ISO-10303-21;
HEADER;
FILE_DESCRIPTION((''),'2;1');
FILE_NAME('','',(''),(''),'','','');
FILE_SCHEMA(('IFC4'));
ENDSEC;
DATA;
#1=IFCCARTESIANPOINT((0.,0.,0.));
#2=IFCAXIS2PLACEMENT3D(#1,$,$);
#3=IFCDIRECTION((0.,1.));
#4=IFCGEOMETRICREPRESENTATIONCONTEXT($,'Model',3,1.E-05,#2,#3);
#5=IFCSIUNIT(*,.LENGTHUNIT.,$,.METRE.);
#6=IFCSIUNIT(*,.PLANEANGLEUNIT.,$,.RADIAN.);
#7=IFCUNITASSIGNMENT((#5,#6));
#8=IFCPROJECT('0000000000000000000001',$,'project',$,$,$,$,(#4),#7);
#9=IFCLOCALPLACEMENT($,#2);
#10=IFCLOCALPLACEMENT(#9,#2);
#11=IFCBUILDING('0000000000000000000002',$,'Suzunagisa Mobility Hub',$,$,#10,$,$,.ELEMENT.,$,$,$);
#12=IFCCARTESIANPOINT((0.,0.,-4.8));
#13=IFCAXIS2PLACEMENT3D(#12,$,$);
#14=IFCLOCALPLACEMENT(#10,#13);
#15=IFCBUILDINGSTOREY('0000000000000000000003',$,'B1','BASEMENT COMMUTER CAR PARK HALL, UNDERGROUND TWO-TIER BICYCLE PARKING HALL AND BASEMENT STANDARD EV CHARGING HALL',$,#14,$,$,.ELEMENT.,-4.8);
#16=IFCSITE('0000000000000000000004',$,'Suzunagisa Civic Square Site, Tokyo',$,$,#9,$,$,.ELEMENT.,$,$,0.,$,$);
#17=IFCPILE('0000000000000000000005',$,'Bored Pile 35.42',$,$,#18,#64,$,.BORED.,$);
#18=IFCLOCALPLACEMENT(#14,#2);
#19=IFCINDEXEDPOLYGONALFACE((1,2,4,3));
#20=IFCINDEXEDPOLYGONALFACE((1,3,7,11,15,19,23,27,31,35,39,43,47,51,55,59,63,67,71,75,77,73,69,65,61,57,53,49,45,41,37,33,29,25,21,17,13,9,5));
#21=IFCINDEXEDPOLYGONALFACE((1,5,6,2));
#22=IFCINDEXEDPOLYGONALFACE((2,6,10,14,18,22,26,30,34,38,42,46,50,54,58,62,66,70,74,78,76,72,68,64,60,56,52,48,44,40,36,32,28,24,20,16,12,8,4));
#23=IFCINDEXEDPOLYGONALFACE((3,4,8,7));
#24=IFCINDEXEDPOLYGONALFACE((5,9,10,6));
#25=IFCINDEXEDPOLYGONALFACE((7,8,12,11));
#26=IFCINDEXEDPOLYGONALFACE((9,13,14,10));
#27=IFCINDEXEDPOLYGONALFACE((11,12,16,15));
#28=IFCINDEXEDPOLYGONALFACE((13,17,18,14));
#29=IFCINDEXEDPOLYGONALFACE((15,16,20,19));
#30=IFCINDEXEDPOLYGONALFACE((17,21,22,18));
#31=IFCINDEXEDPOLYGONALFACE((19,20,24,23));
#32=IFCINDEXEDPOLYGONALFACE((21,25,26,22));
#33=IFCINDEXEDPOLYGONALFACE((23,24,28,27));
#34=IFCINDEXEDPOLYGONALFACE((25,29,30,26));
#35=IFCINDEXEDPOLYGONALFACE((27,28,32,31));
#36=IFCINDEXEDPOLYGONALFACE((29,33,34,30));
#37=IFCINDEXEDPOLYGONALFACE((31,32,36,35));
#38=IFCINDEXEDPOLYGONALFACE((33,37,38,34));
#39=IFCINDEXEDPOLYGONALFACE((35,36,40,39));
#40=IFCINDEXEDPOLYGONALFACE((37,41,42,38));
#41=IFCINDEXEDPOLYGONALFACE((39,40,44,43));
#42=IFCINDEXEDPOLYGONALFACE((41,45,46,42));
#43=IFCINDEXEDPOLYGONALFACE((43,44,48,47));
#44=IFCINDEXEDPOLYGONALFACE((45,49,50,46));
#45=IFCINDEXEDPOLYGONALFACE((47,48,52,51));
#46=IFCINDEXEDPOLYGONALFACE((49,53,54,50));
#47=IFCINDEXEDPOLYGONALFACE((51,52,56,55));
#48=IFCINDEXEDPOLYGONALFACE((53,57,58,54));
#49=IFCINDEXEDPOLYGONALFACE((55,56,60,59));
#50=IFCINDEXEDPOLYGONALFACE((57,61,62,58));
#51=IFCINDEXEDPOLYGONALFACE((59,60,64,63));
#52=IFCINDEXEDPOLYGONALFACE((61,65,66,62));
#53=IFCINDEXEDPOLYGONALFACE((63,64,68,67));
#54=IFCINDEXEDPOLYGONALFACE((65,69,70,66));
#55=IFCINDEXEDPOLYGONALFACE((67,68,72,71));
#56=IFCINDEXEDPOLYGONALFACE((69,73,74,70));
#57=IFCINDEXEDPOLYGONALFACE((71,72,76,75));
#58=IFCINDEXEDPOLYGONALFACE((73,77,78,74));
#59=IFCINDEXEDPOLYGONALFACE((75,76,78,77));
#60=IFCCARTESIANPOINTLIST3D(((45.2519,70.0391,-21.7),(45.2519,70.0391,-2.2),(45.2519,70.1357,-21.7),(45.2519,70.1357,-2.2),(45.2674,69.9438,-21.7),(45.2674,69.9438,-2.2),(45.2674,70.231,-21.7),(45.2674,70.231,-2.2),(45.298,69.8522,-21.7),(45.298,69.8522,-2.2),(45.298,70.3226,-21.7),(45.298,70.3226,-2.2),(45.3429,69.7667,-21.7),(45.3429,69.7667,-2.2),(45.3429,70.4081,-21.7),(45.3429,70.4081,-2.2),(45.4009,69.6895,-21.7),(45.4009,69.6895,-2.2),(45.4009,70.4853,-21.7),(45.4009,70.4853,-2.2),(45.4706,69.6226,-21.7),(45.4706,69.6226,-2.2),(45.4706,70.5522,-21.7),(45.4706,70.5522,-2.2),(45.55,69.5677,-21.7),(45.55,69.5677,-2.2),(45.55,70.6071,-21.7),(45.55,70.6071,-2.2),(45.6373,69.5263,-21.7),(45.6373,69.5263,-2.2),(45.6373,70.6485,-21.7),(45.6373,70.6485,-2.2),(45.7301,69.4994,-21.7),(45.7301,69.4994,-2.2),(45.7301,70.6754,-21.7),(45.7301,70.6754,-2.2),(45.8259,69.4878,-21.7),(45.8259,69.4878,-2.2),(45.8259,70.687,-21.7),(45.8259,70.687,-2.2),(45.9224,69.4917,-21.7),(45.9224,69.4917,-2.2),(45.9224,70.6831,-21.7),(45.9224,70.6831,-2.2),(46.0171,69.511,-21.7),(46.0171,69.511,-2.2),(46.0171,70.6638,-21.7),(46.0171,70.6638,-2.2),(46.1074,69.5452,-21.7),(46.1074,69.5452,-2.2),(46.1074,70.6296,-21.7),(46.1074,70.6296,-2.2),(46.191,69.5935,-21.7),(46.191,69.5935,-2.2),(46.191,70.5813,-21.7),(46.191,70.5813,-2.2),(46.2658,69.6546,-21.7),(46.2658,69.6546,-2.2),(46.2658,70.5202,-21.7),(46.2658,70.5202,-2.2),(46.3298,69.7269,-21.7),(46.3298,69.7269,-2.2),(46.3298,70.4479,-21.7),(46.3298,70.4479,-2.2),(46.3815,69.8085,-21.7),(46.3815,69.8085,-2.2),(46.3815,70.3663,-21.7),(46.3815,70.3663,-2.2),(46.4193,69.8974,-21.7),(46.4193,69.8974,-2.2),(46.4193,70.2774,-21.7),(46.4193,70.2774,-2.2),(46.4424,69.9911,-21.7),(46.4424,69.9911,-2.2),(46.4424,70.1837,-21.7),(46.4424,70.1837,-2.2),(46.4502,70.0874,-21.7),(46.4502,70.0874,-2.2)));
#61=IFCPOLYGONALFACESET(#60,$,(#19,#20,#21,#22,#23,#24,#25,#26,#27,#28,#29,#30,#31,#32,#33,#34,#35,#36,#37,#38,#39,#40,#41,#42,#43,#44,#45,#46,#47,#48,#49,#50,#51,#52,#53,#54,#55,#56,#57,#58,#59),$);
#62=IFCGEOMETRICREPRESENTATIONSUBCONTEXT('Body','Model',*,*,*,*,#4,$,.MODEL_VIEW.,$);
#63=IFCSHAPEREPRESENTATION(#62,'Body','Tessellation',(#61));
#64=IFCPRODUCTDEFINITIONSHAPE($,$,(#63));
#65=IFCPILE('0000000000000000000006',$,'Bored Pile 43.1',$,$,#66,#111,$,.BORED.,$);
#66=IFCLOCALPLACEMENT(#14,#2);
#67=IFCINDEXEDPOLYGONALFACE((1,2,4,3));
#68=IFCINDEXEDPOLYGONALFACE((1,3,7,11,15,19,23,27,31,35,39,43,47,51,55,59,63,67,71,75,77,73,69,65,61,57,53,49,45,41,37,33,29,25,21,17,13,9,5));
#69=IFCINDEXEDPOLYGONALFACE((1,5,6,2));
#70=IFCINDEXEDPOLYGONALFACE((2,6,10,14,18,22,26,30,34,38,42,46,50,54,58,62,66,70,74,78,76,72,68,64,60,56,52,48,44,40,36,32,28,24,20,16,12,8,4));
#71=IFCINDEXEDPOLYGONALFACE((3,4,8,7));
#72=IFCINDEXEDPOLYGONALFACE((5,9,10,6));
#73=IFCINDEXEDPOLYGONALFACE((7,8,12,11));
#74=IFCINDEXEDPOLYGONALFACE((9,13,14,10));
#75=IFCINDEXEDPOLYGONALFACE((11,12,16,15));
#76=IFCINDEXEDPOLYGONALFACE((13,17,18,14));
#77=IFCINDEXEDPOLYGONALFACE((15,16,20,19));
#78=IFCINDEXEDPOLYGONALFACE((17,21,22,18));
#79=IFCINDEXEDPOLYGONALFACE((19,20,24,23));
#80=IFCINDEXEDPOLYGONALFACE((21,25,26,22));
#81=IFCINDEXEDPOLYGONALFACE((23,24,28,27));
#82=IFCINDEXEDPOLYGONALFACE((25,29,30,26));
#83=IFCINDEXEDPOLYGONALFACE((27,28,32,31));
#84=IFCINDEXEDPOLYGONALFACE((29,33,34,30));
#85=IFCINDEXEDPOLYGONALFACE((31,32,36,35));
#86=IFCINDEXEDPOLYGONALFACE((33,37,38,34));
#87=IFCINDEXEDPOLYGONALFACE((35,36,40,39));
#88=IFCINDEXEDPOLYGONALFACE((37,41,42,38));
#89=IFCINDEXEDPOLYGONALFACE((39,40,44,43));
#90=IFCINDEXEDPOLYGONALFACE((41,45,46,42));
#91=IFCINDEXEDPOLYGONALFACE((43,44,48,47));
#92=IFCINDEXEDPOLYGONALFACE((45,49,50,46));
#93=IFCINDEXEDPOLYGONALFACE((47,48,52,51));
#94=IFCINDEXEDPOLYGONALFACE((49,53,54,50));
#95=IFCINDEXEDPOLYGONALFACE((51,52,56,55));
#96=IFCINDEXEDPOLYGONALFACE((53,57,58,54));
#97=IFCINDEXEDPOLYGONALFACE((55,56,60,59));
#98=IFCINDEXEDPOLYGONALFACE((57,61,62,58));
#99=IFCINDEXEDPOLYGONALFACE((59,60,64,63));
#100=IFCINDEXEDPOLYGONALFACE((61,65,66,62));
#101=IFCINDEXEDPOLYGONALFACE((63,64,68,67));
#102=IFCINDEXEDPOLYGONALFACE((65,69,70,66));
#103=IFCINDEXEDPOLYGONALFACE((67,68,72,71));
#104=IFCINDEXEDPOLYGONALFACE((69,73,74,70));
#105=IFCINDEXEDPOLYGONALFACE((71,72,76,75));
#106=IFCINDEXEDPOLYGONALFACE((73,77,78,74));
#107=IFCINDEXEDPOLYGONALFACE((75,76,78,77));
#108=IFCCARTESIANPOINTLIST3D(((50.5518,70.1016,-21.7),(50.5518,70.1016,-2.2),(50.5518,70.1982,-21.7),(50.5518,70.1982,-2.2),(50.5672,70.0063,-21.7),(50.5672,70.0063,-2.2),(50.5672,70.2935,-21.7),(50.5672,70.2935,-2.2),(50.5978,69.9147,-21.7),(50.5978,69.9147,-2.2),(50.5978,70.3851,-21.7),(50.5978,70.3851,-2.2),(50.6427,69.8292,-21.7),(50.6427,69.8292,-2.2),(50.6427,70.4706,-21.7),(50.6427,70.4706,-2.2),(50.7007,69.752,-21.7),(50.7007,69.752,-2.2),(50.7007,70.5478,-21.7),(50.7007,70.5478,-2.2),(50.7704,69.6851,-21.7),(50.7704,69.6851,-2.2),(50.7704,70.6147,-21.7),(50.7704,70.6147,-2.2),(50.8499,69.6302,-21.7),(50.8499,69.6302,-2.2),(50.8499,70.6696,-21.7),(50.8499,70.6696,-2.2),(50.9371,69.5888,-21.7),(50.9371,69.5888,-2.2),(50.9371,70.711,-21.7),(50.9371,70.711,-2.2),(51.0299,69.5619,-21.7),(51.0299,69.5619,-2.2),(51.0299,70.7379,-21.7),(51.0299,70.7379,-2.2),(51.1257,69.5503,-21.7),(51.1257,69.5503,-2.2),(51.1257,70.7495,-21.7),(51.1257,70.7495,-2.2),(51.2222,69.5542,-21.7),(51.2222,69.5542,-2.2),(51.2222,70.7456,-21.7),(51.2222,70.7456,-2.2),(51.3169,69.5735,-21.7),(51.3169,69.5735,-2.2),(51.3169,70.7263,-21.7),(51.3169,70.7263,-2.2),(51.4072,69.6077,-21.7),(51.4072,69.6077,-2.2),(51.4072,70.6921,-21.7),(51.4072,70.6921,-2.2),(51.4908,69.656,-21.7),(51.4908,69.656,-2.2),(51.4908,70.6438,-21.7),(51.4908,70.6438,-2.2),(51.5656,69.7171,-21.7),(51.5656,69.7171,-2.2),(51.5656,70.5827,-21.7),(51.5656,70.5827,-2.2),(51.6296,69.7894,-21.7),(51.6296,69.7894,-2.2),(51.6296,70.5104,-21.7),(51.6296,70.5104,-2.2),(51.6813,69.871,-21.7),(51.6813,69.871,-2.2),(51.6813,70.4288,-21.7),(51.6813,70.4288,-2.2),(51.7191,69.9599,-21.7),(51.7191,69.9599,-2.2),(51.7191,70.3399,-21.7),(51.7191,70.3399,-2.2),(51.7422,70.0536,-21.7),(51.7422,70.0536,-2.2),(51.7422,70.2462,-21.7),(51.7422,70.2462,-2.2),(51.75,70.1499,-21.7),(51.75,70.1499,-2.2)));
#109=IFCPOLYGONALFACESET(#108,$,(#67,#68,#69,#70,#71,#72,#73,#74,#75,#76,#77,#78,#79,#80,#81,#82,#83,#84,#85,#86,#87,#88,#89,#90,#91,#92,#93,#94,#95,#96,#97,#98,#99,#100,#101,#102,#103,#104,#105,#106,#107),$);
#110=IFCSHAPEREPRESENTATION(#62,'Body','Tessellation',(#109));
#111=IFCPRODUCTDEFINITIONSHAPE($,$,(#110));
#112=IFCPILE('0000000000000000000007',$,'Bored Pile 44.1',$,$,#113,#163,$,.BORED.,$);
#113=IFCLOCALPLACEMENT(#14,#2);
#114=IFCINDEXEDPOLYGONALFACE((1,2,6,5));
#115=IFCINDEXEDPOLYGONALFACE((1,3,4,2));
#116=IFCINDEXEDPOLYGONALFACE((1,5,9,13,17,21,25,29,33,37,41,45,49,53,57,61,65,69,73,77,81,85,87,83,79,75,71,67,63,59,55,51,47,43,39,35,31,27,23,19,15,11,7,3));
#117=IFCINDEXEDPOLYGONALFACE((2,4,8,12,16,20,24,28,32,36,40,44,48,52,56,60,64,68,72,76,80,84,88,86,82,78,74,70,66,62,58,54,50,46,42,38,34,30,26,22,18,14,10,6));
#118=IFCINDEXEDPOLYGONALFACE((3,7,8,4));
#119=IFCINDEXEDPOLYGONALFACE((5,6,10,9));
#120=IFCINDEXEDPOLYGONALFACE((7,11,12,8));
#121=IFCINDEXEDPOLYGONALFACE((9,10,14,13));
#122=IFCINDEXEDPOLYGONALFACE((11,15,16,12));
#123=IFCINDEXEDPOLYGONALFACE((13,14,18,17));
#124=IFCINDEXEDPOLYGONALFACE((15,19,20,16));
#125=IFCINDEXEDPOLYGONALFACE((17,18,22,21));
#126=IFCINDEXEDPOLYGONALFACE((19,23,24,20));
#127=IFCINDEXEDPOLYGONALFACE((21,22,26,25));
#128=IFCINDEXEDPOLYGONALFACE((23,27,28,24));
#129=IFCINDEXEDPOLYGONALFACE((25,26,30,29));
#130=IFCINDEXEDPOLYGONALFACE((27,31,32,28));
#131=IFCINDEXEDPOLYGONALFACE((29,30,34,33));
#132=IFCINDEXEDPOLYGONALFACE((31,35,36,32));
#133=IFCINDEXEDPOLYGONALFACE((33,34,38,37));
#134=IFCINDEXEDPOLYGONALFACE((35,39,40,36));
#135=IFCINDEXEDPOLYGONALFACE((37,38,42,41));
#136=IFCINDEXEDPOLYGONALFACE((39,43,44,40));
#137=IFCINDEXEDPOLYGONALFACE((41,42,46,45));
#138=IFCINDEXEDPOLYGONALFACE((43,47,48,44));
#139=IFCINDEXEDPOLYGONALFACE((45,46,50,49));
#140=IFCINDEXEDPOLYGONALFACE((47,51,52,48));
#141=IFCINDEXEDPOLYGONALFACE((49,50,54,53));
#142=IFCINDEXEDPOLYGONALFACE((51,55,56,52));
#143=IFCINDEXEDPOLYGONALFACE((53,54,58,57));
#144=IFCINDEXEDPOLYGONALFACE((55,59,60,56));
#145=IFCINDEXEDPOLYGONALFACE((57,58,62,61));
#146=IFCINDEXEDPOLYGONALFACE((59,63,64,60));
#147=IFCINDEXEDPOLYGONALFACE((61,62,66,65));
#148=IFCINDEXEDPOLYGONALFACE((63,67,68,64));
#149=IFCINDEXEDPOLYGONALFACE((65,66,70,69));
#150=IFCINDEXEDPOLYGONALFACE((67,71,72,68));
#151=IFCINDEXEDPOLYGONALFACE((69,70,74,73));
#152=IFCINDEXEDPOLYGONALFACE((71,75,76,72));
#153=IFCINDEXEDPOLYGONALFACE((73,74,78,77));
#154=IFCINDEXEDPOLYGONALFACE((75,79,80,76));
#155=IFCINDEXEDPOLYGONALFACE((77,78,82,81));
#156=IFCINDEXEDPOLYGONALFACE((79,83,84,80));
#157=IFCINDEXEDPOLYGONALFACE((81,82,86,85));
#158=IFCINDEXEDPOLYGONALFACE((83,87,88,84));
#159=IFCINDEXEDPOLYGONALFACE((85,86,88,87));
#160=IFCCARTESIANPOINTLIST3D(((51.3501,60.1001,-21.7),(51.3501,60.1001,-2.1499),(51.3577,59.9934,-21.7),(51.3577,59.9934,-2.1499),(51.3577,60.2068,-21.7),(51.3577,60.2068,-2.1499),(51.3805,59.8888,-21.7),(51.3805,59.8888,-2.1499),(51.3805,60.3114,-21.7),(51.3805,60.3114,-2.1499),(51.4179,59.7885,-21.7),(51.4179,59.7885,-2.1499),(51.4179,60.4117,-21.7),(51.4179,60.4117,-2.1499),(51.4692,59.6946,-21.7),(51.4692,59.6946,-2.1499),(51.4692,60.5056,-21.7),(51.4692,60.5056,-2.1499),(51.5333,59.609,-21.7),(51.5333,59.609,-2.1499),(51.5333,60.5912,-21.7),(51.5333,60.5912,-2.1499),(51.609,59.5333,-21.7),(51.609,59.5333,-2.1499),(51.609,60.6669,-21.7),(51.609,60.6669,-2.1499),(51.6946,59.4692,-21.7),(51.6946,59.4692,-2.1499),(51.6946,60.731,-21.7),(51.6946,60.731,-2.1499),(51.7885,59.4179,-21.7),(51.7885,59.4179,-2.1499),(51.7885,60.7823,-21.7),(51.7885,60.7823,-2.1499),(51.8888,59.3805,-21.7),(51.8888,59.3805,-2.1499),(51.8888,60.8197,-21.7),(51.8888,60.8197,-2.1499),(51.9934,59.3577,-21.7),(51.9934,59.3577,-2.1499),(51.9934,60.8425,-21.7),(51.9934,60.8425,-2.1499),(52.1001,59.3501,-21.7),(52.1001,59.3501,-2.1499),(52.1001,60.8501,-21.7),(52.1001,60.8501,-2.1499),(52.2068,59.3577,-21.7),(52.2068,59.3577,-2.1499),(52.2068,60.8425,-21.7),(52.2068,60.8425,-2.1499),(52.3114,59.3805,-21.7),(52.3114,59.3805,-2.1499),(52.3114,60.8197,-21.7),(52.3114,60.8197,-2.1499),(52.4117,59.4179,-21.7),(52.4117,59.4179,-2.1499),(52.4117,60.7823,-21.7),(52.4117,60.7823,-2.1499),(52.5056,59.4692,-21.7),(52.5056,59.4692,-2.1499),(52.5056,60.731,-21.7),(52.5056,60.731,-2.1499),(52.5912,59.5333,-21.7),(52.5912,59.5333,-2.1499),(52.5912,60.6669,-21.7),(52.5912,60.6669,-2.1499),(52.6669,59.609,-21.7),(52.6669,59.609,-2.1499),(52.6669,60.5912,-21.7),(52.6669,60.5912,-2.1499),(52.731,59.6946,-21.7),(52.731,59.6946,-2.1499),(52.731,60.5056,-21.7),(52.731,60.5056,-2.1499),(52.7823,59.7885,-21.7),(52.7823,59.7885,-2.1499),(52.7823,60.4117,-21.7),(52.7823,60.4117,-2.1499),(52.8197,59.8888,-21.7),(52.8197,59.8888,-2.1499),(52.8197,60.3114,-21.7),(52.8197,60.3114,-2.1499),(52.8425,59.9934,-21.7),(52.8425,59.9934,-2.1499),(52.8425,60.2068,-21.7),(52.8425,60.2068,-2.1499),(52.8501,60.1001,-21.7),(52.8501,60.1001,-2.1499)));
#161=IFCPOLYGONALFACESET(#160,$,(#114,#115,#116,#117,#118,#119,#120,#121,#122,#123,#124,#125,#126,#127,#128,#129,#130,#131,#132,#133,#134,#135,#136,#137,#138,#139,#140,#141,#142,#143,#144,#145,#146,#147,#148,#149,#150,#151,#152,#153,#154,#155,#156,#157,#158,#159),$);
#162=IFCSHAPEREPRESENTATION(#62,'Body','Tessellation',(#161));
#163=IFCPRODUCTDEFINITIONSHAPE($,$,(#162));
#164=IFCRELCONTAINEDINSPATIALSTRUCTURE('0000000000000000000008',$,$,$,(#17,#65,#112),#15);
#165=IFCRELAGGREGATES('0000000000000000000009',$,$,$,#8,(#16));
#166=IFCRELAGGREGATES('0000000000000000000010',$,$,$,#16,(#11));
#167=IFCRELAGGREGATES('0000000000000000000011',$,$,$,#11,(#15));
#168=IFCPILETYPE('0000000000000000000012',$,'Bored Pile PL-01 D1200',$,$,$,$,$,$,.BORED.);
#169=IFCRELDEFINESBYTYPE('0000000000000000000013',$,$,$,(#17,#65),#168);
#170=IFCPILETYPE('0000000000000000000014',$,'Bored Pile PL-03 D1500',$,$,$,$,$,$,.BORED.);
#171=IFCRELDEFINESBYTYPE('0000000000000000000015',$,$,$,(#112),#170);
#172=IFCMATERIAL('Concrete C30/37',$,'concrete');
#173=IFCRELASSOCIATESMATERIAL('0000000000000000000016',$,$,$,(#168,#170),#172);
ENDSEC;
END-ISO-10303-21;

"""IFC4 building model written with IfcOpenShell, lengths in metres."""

from ifc_helpers import new_model, si_unit, direction, frame, origin, origin_2d, place, context, subcontext, project, spatial, circle, extrude, material, material_profile, profile_set, type_object, element, save


model = new_model("IFC4")

# Units and contexts
model_context = context("Model", 3, precision=1e-05, world=origin(), true_north=direction((0.0, 1.0)))
body_context = subcontext(model_context, "Body", "Model", "MODEL_VIEW")
ifc_project = project(units=[si_unit("LENGTHUNIT", "METRE"), si_unit("PLANEANGLEUNIT", "RADIAN")], contexts=[model_context])

# Site, building, storey
site_placement = place(None, origin())
site = spatial("IfcSite", under=ifc_project, at=site_placement, Name="Suzunagisa Civic Square Site, Tokyo", CompositionType="ELEMENT", RefElevation=0.0)
building_placement = place(site_placement, origin())
building = spatial("IfcBuilding", under=site, at=building_placement, Name="Suzunagisa Mobility Hub", CompositionType="ELEMENT")
storey_placement = place(building_placement, frame((0.0, 0.0, -4.8)))
storey = spatial("IfcBuildingStorey", under=building, at=storey_placement, Name="B1", Description="BASEMENT COMMUTER CAR PARK HALL, UNDERGROUND TWO-TIER BICYCLE PARKING HALL AND BASEMENT STANDARD EV CHARGING HALL", CompositionType="ELEMENT", Elevation=-4.8)

# Piles
ifc_material_1 = material(Name="Concrete C30/37", Category="concrete")
ifc_material_profile_1 = material_profile(ifc_material_1, circle(Radius=0.6001, at=origin_2d()), Name="BORED PILE D1200")
ifc_profile_set_1 = profile_set([ifc_material_profile_1], Name="Concrete C30/37")
pile_type_1 = type_object("IfcPileType", Name="Bored Pile PL-01 D1200", PredefinedType="BORED", material=ifc_profile_set_1)
for number, where, z_axis, x_axis, name in (
    (1, (45.8501, 70.0874, -2.2), (0.0, 0.0, -1.0), (1.0, 0.0, 0.0), "Bored Pile 35.42"),
    (2, (51.1499, 70.1499, -2.2), (0.0, 0.0, -1.0), (1.0, 0.0, 0.0), "Bored Pile 43.1"),
):
    element("IfcPile", number, at=place(storey_placement, frame(where, z_axis=z_axis, x_axis=x_axis)), inside=storey, type_object=pile_type_1, Name=name, PredefinedType="BORED", context=body_context, shape_type="SweptSolid", body=[
        extrude(circle(Radius=0.6001, at=origin_2d()), origin(), (0.0, 0.0, 1.0), 19.5),
    ])
ifc_material_profile_2 = material_profile(ifc_material_1, circle(Radius=0.75, at=origin_2d()), Name="BORED PILE D1500")
ifc_profile_set_2 = profile_set([ifc_material_profile_2], Name="Concrete C30/37")
pile_type_2 = type_object("IfcPileType", Name="Bored Pile PL-03 D1500", PredefinedType="BORED", material=ifc_profile_set_2)
for number, where, z_axis, x_axis, name in (
    (3, (52.1001, 60.1001, -2.1499), (0.0, 0.0, -1.0), (1.0, 0.0, 0.0), "Bored Pile 44.1"),
):
    element("IfcPile", number, at=place(storey_placement, frame(where, z_axis=z_axis, x_axis=x_axis)), inside=storey, type_object=pile_type_2, Name=name, PredefinedType="BORED", context=body_context, shape_type="SweptSolid", body=[
        extrude(circle(Radius=0.75, at=origin_2d()), origin(), (0.0, 0.0, 1.0), 19.55),
    ])

save(model, "model.ifc")
